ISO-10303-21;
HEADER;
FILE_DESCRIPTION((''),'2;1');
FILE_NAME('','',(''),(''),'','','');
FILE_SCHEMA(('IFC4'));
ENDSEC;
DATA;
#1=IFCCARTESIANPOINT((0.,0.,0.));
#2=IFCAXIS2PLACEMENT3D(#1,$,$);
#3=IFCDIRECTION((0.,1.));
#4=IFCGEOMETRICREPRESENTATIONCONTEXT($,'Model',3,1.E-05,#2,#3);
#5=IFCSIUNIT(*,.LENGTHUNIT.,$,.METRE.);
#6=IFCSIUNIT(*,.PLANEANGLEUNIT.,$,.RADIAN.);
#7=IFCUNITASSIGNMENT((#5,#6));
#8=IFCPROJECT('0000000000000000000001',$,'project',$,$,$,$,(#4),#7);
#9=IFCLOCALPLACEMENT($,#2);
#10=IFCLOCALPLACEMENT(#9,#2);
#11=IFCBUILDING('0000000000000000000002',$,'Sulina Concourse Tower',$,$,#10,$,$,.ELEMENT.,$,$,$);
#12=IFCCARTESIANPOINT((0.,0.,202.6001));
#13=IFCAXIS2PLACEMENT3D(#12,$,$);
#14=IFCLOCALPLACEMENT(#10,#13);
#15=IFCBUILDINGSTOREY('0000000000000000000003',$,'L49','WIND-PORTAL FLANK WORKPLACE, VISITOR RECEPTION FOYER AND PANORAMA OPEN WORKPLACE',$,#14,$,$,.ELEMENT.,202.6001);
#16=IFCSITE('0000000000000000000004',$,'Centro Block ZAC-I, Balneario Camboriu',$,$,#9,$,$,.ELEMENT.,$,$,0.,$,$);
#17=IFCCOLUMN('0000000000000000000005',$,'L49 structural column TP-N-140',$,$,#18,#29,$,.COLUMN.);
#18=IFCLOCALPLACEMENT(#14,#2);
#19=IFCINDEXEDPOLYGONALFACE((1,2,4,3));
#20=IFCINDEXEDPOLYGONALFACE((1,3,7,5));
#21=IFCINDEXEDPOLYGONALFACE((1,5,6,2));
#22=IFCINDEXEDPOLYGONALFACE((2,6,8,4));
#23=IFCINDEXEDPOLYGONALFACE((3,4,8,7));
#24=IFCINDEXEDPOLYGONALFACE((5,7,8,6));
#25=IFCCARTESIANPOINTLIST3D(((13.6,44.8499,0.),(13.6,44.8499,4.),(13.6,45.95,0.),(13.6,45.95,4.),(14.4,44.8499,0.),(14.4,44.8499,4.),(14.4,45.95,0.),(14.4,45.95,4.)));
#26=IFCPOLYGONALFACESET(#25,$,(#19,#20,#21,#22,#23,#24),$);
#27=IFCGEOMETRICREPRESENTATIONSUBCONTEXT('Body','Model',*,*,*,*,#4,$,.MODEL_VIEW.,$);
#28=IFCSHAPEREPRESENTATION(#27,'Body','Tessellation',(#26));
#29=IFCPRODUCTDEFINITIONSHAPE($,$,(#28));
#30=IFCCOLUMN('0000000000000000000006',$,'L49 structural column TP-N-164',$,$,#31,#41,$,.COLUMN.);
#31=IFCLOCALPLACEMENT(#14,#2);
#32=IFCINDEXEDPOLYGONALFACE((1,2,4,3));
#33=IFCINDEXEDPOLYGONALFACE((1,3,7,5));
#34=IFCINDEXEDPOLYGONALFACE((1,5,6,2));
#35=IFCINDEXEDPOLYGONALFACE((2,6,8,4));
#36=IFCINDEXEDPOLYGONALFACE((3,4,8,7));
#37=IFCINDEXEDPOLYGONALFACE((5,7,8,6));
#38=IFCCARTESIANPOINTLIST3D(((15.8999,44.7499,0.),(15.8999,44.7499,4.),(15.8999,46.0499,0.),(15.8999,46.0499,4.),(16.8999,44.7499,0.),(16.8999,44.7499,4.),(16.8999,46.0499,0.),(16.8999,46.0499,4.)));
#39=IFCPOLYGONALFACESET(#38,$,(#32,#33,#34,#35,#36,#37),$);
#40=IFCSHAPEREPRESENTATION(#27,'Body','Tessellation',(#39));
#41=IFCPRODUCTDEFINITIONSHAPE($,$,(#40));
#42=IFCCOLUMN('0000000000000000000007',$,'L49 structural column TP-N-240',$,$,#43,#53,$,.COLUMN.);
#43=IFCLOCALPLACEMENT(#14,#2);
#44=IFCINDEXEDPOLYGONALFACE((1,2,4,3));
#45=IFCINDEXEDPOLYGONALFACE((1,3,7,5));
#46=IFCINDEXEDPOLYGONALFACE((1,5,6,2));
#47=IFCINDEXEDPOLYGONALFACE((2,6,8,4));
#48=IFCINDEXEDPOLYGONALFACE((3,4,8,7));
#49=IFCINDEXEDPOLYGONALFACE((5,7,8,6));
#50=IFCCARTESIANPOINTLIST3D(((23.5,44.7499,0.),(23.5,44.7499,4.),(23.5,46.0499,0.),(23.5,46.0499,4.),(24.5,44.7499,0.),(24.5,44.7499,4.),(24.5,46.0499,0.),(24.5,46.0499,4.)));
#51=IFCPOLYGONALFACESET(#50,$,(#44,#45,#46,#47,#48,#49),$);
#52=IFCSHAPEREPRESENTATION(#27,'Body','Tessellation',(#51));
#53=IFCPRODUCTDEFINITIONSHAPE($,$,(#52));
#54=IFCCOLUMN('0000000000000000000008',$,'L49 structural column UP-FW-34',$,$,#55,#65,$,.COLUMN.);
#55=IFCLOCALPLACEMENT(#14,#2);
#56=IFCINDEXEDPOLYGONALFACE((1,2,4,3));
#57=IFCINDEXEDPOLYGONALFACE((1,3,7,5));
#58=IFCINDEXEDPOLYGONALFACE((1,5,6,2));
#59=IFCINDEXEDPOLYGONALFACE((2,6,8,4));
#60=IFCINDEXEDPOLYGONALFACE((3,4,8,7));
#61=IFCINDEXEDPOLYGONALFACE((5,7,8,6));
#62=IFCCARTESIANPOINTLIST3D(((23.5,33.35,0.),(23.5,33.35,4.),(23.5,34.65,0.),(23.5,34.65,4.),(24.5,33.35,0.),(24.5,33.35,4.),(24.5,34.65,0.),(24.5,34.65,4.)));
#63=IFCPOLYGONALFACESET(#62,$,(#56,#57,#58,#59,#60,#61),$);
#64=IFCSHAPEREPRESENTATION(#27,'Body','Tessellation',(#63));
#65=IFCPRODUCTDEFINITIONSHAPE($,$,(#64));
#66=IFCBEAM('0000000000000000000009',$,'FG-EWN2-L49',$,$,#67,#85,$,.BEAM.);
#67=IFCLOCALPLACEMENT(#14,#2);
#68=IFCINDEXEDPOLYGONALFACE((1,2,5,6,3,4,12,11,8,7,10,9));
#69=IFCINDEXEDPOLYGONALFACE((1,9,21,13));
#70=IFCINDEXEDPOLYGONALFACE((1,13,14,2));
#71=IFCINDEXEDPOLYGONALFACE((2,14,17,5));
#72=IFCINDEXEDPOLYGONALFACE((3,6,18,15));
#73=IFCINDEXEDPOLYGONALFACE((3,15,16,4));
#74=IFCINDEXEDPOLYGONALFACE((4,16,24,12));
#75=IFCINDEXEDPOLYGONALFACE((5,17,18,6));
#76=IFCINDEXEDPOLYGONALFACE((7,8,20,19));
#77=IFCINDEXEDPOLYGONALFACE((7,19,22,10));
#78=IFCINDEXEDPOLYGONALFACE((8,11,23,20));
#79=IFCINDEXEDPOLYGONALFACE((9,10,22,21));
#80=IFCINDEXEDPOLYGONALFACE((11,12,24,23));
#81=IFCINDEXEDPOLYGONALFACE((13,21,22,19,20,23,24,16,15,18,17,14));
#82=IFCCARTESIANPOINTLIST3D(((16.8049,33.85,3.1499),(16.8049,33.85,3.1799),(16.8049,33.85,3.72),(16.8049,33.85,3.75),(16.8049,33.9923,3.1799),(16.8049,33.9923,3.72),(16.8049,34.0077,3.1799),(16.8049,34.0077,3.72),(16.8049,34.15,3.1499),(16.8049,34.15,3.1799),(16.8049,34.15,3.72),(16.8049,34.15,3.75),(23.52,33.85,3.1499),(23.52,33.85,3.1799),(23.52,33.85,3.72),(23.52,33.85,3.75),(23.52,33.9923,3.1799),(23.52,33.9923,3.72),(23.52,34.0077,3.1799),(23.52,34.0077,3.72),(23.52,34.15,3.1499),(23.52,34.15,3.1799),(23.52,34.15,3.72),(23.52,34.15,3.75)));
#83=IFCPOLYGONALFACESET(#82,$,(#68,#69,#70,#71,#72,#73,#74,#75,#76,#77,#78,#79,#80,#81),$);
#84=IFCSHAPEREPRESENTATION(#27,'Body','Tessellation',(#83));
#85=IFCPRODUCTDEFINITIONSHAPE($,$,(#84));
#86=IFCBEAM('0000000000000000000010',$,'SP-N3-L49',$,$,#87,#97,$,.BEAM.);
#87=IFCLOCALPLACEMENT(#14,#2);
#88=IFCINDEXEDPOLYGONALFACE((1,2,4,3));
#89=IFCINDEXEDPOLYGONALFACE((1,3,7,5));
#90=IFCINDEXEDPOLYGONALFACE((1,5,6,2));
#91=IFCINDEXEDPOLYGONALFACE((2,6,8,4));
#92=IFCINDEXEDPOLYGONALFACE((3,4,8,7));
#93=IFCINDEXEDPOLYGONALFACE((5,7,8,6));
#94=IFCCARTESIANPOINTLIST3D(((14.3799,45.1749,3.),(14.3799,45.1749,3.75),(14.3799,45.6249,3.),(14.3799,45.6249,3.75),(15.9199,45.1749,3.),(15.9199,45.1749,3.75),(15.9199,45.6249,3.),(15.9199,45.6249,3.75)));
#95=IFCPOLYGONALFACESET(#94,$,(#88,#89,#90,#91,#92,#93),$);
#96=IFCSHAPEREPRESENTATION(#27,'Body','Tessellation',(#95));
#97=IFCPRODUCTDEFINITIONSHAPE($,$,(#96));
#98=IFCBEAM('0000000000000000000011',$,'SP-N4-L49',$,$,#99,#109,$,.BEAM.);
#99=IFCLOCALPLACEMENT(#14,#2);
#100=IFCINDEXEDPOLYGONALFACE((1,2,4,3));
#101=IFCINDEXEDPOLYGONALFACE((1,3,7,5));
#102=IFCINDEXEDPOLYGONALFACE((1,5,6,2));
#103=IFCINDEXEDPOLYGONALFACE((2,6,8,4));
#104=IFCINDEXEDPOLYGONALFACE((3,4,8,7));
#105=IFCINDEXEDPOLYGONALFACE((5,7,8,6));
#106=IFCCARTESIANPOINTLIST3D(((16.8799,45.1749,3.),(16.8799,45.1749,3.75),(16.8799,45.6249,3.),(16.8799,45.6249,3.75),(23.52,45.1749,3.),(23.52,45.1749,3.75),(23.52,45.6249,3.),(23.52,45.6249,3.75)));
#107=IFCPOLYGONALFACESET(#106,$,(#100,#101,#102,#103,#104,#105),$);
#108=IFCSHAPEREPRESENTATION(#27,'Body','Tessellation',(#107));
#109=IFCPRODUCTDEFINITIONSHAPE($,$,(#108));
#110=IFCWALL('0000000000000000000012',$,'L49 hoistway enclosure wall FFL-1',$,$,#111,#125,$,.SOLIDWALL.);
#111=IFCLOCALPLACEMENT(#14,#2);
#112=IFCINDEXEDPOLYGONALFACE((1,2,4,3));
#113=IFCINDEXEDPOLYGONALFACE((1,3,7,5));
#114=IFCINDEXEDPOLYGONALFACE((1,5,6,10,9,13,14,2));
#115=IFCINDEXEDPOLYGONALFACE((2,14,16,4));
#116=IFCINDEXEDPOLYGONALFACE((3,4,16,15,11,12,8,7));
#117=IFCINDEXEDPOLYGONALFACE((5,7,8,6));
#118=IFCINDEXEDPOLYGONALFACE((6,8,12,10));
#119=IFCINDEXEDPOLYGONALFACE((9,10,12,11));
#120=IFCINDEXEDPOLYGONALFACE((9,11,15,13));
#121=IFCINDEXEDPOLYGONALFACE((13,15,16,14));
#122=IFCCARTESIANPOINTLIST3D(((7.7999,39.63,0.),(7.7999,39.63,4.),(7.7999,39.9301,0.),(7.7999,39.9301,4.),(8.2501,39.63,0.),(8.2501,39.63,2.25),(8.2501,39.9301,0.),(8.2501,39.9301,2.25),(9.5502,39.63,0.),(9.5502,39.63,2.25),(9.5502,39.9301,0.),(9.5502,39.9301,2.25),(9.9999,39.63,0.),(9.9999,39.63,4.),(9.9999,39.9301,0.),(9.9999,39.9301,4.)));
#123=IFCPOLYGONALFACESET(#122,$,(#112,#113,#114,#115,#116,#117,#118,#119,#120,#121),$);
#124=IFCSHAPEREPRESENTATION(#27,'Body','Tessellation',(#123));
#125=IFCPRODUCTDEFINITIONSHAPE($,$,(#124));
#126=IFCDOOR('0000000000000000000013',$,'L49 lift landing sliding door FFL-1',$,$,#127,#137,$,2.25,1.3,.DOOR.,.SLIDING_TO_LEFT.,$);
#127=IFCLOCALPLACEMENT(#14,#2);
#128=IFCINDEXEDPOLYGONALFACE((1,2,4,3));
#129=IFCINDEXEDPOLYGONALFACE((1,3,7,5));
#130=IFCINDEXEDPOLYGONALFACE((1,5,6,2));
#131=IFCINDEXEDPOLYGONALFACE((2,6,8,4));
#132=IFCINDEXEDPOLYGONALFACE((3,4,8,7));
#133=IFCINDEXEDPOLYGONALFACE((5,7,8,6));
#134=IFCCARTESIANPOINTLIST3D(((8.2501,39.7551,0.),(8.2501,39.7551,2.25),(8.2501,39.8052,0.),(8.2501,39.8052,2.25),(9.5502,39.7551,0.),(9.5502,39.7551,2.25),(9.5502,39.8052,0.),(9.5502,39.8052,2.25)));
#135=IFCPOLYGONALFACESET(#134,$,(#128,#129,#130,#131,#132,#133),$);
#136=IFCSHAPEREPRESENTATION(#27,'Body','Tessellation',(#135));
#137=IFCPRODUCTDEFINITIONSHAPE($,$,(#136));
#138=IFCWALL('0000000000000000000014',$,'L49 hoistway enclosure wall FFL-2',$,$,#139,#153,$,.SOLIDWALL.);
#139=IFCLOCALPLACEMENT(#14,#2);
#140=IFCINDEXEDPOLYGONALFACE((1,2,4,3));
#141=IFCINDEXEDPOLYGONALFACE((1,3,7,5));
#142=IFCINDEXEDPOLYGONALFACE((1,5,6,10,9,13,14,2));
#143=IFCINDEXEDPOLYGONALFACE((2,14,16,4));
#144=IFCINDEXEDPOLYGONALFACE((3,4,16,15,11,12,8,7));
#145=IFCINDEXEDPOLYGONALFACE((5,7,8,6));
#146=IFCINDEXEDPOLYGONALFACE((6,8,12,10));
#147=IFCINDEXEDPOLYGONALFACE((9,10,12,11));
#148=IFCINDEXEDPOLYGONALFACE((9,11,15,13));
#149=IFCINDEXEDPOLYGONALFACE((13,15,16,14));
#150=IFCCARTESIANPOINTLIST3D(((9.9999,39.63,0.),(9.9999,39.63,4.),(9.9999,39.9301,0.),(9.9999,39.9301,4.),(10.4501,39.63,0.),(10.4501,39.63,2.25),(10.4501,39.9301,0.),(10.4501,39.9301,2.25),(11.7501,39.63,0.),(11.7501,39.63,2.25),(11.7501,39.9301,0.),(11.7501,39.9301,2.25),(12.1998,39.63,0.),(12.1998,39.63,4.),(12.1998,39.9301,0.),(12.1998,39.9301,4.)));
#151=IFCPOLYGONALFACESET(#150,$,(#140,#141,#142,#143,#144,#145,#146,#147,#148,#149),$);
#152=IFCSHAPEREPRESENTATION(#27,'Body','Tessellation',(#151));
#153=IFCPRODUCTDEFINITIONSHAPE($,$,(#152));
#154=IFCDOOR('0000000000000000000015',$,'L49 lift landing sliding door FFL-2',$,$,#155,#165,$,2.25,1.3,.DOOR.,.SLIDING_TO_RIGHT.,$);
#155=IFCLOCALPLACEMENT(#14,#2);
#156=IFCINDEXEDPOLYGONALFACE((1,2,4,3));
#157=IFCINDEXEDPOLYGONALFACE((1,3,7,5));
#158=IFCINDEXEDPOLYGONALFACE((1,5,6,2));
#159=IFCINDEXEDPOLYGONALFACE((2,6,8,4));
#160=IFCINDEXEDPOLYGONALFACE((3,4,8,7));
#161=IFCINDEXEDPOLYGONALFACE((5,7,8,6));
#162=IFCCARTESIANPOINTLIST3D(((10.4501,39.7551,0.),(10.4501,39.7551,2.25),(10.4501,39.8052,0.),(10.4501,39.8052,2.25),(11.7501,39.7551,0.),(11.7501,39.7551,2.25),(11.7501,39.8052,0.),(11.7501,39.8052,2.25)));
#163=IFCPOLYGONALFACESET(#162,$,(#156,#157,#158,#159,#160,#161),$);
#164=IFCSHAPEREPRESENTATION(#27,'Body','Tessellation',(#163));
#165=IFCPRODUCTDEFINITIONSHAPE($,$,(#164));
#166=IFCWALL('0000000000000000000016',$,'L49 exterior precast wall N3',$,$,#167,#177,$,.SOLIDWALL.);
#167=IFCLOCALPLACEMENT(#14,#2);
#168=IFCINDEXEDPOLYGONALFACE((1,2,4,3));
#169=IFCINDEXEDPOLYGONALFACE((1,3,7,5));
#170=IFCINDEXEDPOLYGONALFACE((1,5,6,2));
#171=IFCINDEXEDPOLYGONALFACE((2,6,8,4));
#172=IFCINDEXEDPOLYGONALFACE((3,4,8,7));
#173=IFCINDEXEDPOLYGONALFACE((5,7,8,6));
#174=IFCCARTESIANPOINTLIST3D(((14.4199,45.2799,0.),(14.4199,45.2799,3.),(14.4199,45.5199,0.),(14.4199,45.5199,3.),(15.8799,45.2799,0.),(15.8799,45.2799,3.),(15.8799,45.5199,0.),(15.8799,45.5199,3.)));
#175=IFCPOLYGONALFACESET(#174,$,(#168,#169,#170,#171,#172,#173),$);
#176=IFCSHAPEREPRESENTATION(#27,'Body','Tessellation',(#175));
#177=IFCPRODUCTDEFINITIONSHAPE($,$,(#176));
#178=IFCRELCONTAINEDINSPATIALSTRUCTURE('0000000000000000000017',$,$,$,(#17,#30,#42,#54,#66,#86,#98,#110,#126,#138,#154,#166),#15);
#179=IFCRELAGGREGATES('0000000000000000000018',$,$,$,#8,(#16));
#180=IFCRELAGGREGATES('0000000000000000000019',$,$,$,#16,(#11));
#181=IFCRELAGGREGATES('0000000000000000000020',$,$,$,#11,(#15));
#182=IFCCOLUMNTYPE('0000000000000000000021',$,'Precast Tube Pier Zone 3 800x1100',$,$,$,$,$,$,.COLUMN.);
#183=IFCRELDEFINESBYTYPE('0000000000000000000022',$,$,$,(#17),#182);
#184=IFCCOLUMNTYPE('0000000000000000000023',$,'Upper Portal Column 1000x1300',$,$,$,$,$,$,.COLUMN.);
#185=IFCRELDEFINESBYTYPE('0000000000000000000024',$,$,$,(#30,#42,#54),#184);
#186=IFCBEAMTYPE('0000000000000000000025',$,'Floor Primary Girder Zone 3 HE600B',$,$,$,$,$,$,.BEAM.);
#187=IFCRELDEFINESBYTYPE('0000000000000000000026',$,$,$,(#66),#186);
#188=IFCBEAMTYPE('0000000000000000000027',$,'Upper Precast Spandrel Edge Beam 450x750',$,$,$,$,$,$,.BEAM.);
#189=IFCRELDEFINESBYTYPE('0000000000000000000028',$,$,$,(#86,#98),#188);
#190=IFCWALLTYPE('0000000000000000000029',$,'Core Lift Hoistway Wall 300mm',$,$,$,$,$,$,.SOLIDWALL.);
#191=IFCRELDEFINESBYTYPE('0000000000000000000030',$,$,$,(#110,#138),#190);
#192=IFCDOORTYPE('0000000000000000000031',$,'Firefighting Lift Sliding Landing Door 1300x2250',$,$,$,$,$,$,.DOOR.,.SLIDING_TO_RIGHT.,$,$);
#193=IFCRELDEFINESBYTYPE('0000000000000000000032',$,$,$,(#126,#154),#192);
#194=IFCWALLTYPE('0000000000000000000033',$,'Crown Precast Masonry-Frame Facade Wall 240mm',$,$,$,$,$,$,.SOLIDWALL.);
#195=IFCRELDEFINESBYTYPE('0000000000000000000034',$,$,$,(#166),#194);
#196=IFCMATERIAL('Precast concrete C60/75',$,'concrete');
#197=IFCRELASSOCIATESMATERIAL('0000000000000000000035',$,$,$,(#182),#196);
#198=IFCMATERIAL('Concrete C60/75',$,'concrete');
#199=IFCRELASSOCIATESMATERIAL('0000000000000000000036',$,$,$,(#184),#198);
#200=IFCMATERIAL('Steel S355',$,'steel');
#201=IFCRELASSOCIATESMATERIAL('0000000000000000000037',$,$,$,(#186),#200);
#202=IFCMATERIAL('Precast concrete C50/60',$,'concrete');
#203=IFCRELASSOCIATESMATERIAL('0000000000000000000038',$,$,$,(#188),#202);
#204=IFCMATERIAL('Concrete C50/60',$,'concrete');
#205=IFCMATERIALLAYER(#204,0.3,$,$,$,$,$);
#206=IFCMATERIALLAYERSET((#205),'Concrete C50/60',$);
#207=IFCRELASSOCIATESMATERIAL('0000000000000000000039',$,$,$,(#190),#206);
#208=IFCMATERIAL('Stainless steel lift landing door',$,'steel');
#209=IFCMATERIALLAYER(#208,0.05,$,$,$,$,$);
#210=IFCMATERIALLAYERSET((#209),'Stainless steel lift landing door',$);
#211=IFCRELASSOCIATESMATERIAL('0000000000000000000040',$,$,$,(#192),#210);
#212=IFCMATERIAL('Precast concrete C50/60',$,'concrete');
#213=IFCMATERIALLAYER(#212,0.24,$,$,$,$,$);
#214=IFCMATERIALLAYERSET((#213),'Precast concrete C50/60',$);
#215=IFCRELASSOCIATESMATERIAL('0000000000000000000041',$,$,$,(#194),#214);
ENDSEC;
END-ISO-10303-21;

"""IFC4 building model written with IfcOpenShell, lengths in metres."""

from ifc_helpers import new_model, si_unit, direction, frame, frame_2d, origin, origin_2d, place, context, subcontext, project, spatial, rectangle, i_section, extrude, material, layer, layer_set, material_profile, profile_set, type_object, element, fill, save


model = new_model("IFC4")

# Units and contexts
model_context = context("Model", 3, precision=1e-05, world=origin(), true_north=direction((0.0, 1.0)))
body_context = subcontext(model_context, "Body", "Model", "MODEL_VIEW")
ifc_project = project(units=[si_unit("LENGTHUNIT", "METRE"), si_unit("PLANEANGLEUNIT", "RADIAN")], contexts=[model_context])

# Site, building, storey
site_placement = place(None, origin())
site = spatial("IfcSite", under=ifc_project, at=site_placement, Name="Centro Block ZAC-I, Balneario Camboriu", CompositionType="ELEMENT", RefElevation=0.0)
building_placement = place(site_placement, origin())
building = spatial("IfcBuilding", under=site, at=building_placement, Name="Sulina Concourse Tower", CompositionType="ELEMENT")
storey_placement = place(building_placement, frame((0.0, 0.0, 202.6001)))
storey = spatial("IfcBuildingStorey", under=building, at=storey_placement, Name="L49", Description="WIND-PORTAL FLANK WORKPLACE, VISITOR RECEPTION FOYER AND PANORAMA OPEN WORKPLACE", CompositionType="ELEMENT", Elevation=202.6001)

# Columns
ifc_material_1 = material(Name="Precast concrete C60/75", Category="concrete")
ifc_material_profile_1 = material_profile(ifc_material_1, rectangle(XDim=0.8, YDim=1.1001, at=origin_2d()), Name="PC 800x1100")
ifc_profile_set_1 = profile_set([ifc_material_profile_1], Name="Precast concrete C60/75")
column_type_1 = type_object("IfcColumnType", Name="Precast Tube Pier Zone 3 800x1100", PredefinedType="COLUMN", material=ifc_profile_set_1)
column_placement = place(storey_placement, frame((14.0, 45.3999, 0.0), z_axis=(0.0, 0.0, 1.0), x_axis=(1.0, 0.0, 0.0)))
element("IfcColumn", 1, at=column_placement, inside=storey, type_object=column_type_1, Name="L49 structural column TP-N-140", PredefinedType="COLUMN", context=body_context, shape_type="SweptSolid", body=[
    extrude(rectangle(XDim=0.8, YDim=1.1001, at=origin_2d()), origin(), (0.0, 0.0, 1.0), 4.0),
])
ifc_material_2 = material(Name="Concrete C60/75", Category="concrete")
ifc_material_profile_2 = material_profile(ifc_material_2, rectangle(XDim=1.0, YDim=1.3, at=origin_2d()), Name="RC 1000x1300")
ifc_profile_set_2 = profile_set([ifc_material_profile_2], Name="Concrete C60/75")
column_type_2 = type_object("IfcColumnType", Name="Upper Portal Column 1000x1300", PredefinedType="COLUMN", material=ifc_profile_set_2)
for number, where, z_axis, x_axis, name in (
    (2, (16.3999, 45.3999, 0.0), (0.0, 0.0, 1.0), (1.0, 0.0, 0.0), "L49 structural column TP-N-164"),
    (3, (24.0, 45.3999, 0.0), (0.0, 0.0, 1.0), (1.0, 0.0, 0.0), "L49 structural column TP-N-240"),
    (4, (24.0, 34.0, 0.0), (0.0, 0.0, 1.0), (1.0, 0.0, 0.0), "L49 structural column UP-FW-34"),
):
    element("IfcColumn", number, at=place(storey_placement, frame(where, z_axis=z_axis, x_axis=x_axis)), inside=storey, type_object=column_type_2, Name=name, PredefinedType="COLUMN", context=body_context, shape_type="SweptSolid", body=[
        extrude(rectangle(XDim=1.0, YDim=1.3, at=origin_2d()), origin(), (0.0, 0.0, 1.0), 4.0),
    ])

# Beams
ifc_material_3 = material(Name="Steel S355", Category="steel")
ifc_material_profile_3 = material_profile(ifc_material_3, i_section(OverallWidth=0.3, OverallDepth=0.6001, WebThickness=0.0154, FlangeThickness=0.03, at=origin_2d()), Name="HE 600 B")
ifc_profile_set_3 = profile_set([ifc_material_profile_3], Name="Steel S355")
beam_type_1 = type_object("IfcBeamType", Name="Floor Primary Girder Zone 3 HE600B", PredefinedType="BEAM", material=ifc_profile_set_3)
beam_1_placement = place(storey_placement, frame((16.8049, 34.0, 3.45), z_axis=(1.0, 0.0, 0.0), x_axis=(0.0, 1.0, 0.0)))
element("IfcBeam", 5, at=beam_1_placement, inside=storey, type_object=beam_type_1, Name="FG-EWN2-L49", PredefinedType="BEAM", context=body_context, shape_type="SweptSolid", body=[
    extrude(i_section(OverallWidth=0.3, OverallDepth=0.6001, WebThickness=0.0154, FlangeThickness=0.03, at=origin_2d()), origin(), (0.0, 0.0, 1.0), 6.7151),
])
ifc_material_4 = material(Name="Precast concrete C50/60", Category="concrete")
ifc_material_profile_4 = material_profile(ifc_material_4, rectangle(XDim=0.45, YDim=0.75, at=origin_2d()), Name="RC 450x750")
ifc_profile_set_4 = profile_set([ifc_material_profile_4], Name="Precast concrete C50/60")
beam_type_2 = type_object("IfcBeamType", Name="Upper Precast Spandrel Edge Beam 450x750", PredefinedType="BEAM", material=ifc_profile_set_4)
beam_2_placement = place(storey_placement, frame((14.3799, 45.3999, 3.375), z_axis=(1.0, 0.0, 0.0), x_axis=(0.0, 1.0, 0.0)))
element("IfcBeam", 6, at=beam_2_placement, inside=storey, type_object=beam_type_2, Name="SP-N3-L49", PredefinedType="BEAM", context=body_context, shape_type="SweptSolid", body=[
    extrude(rectangle(XDim=0.45, YDim=0.75, at=origin_2d()), origin(), (0.0, 0.0, 1.0), 1.54),
])
beam_3_placement = place(storey_placement, frame((16.8799, 45.3999, 3.375), z_axis=(1.0, 0.0, 0.0), x_axis=(0.0, 1.0, 0.0)))
element("IfcBeam", 7, at=beam_3_placement, inside=storey, type_object=beam_type_2, Name="SP-N4-L49", PredefinedType="BEAM", context=body_context, shape_type="SweptSolid", body=[
    extrude(rectangle(XDim=0.45, YDim=0.75, at=origin_2d()), origin(), (0.0, 0.0, 1.0), 6.6401),
])

# Walls, openings, doors
ifc_material_5 = material(Name="Concrete C50/60", Category="concrete")
ifc_layer_1 = layer(ifc_material_5, 0.3)
ifc_layer_set_1 = layer_set([ifc_layer_1], Name="Concrete C50/60")
wall_type_1 = type_object("IfcWallType", Name="Core Lift Hoistway Wall 300mm", PredefinedType="SOLIDWALL", material=ifc_layer_set_1)
wall_1_placement = place(storey_placement, frame((10.0, 39.78, 0.0), z_axis=(0.0, 0.0, 1.0), x_axis=(-1.0, 0.0, 0.0)))
wall_1 = element("IfcWall", 8, at=wall_1_placement, inside=storey, type_object=wall_type_1, Name="L49 hoistway enclosure wall FFL-1", PredefinedType="SOLIDWALL", context=body_context, shape_type="SweptSolid", body=[
    extrude(rectangle(XDim=2.2, YDim=0.3, at=frame_2d((1.1001, 0.0))), origin(), (0.0, 0.0, 1.0), 4.0),
])
opening_1_placement = place(wall_1_placement, frame((0.45, 0.0, 0.0)))
opening_1 = element("IfcOpeningElement", 9, at=opening_1_placement, cuts=wall_1, PredefinedType="OPENING", context=body_context, shape_type="SweptSolid", body=[
    extrude(rectangle(XDim=1.3, YDim=2.25, at=frame_2d((0.6499, 1.125))), frame((0.0, 0.1599, 0.0), z_axis=(0.0, -1.0, 0.0), x_axis=(1.0, 0.0, 0.0)), (0.0, 0.0, 1.0), 0.3201),
])
ifc_material_6 = material(Name="Stainless steel lift landing door", Category="steel")
ifc_layer_2 = layer(ifc_material_6, 0.05)
ifc_layer_set_2 = layer_set([ifc_layer_2], Name="Stainless steel lift landing door")
door_type_1 = type_object("IfcDoorType", Name="Firefighting Lift Sliding Landing Door 1300x2250", OperationType="SLIDING_TO_RIGHT", PredefinedType="DOOR", material=ifc_layer_set_2)
door_1_placement = place(opening_1_placement, origin())
door_1 = element("IfcDoor", 10, at=door_1_placement, inside=storey, type_object=door_type_1, Name="L49 lift landing sliding door FFL-1", OperationType="SLIDING_TO_LEFT", OverallHeight=2.25, OverallWidth=1.3, PredefinedType="DOOR", context=body_context, shape_type="SweptSolid", body=[
    extrude(rectangle(XDim=1.3, YDim=2.25, at=frame_2d((0.6499, 1.125))), frame((0.0, 0.0249, 0.0), z_axis=(0.0, -1.0, 0.0), x_axis=(1.0, 0.0, 0.0)), (0.0, 0.0, 1.0), 0.05),
])
fill(opening_1, door_1)
wall_2_placement = place(storey_placement, frame((12.2, 39.78, 0.0), z_axis=(0.0, 0.0, 1.0), x_axis=(-1.0, 0.0, 0.0)))
wall_2 = element("IfcWall", 11, at=wall_2_placement, inside=storey, type_object=wall_type_1, Name="L49 hoistway enclosure wall FFL-2", PredefinedType="SOLIDWALL", context=body_context, shape_type="SweptSolid", body=[
    extrude(rectangle(XDim=2.2, YDim=0.3, at=frame_2d((1.1001, 0.0))), origin(), (0.0, 0.0, 1.0), 4.0),
])
opening_2_placement = place(wall_2_placement, frame((0.45, 0.0, 0.0)))
opening_2 = element("IfcOpeningElement", 12, at=opening_2_placement, cuts=wall_2, PredefinedType="OPENING", context=body_context, shape_type="SweptSolid", body=[
    extrude(rectangle(XDim=1.3, YDim=2.25, at=frame_2d((0.6499, 1.125))), frame((0.0, 0.1599, 0.0), z_axis=(0.0, -1.0, 0.0), x_axis=(1.0, 0.0, 0.0)), (0.0, 0.0, 1.0), 0.3201),
])
door_2_placement = place(opening_2_placement, origin())
door_2 = element("IfcDoor", 13, at=door_2_placement, inside=storey, type_object=door_type_1, Name="L49 lift landing sliding door FFL-2", OperationType="SLIDING_TO_RIGHT", OverallHeight=2.25, OverallWidth=1.3, PredefinedType="DOOR", context=body_context, shape_type="SweptSolid", body=[
    extrude(rectangle(XDim=1.3, YDim=2.25, at=frame_2d((0.6499, 1.125))), frame((0.0, 0.0249, 0.0), z_axis=(0.0, -1.0, 0.0), x_axis=(1.0, 0.0, 0.0)), (0.0, 0.0, 1.0), 0.05),
])
fill(opening_2, door_2)

# Wall
ifc_material_7 = material(Name="Precast concrete C50/60", Category="concrete")
ifc_layer_3 = layer(ifc_material_7, 0.24)
ifc_layer_set_3 = layer_set([ifc_layer_3], Name="Precast concrete C50/60")
wall_type_2 = type_object("IfcWallType", Name="Crown Precast Masonry-Frame Facade Wall 240mm", PredefinedType="SOLIDWALL", material=ifc_layer_set_3)
wall_3_placement = place(storey_placement, frame((14.4199, 45.3999, 0.0), z_axis=(0.0, 0.0, 1.0), x_axis=(1.0, 0.0, 0.0)))
element("IfcWall", 14, at=wall_3_placement, inside=storey, type_object=wall_type_2, Name="L49 exterior precast wall N3", PredefinedType="SOLIDWALL", context=body_context, shape_type="SweptSolid", body=[
    extrude(rectangle(XDim=1.46, YDim=0.24, at=frame_2d((0.73, 0.0))), origin(), (0.0, 0.0, 1.0), 3.0),
])

save(model, "model.ifc")
